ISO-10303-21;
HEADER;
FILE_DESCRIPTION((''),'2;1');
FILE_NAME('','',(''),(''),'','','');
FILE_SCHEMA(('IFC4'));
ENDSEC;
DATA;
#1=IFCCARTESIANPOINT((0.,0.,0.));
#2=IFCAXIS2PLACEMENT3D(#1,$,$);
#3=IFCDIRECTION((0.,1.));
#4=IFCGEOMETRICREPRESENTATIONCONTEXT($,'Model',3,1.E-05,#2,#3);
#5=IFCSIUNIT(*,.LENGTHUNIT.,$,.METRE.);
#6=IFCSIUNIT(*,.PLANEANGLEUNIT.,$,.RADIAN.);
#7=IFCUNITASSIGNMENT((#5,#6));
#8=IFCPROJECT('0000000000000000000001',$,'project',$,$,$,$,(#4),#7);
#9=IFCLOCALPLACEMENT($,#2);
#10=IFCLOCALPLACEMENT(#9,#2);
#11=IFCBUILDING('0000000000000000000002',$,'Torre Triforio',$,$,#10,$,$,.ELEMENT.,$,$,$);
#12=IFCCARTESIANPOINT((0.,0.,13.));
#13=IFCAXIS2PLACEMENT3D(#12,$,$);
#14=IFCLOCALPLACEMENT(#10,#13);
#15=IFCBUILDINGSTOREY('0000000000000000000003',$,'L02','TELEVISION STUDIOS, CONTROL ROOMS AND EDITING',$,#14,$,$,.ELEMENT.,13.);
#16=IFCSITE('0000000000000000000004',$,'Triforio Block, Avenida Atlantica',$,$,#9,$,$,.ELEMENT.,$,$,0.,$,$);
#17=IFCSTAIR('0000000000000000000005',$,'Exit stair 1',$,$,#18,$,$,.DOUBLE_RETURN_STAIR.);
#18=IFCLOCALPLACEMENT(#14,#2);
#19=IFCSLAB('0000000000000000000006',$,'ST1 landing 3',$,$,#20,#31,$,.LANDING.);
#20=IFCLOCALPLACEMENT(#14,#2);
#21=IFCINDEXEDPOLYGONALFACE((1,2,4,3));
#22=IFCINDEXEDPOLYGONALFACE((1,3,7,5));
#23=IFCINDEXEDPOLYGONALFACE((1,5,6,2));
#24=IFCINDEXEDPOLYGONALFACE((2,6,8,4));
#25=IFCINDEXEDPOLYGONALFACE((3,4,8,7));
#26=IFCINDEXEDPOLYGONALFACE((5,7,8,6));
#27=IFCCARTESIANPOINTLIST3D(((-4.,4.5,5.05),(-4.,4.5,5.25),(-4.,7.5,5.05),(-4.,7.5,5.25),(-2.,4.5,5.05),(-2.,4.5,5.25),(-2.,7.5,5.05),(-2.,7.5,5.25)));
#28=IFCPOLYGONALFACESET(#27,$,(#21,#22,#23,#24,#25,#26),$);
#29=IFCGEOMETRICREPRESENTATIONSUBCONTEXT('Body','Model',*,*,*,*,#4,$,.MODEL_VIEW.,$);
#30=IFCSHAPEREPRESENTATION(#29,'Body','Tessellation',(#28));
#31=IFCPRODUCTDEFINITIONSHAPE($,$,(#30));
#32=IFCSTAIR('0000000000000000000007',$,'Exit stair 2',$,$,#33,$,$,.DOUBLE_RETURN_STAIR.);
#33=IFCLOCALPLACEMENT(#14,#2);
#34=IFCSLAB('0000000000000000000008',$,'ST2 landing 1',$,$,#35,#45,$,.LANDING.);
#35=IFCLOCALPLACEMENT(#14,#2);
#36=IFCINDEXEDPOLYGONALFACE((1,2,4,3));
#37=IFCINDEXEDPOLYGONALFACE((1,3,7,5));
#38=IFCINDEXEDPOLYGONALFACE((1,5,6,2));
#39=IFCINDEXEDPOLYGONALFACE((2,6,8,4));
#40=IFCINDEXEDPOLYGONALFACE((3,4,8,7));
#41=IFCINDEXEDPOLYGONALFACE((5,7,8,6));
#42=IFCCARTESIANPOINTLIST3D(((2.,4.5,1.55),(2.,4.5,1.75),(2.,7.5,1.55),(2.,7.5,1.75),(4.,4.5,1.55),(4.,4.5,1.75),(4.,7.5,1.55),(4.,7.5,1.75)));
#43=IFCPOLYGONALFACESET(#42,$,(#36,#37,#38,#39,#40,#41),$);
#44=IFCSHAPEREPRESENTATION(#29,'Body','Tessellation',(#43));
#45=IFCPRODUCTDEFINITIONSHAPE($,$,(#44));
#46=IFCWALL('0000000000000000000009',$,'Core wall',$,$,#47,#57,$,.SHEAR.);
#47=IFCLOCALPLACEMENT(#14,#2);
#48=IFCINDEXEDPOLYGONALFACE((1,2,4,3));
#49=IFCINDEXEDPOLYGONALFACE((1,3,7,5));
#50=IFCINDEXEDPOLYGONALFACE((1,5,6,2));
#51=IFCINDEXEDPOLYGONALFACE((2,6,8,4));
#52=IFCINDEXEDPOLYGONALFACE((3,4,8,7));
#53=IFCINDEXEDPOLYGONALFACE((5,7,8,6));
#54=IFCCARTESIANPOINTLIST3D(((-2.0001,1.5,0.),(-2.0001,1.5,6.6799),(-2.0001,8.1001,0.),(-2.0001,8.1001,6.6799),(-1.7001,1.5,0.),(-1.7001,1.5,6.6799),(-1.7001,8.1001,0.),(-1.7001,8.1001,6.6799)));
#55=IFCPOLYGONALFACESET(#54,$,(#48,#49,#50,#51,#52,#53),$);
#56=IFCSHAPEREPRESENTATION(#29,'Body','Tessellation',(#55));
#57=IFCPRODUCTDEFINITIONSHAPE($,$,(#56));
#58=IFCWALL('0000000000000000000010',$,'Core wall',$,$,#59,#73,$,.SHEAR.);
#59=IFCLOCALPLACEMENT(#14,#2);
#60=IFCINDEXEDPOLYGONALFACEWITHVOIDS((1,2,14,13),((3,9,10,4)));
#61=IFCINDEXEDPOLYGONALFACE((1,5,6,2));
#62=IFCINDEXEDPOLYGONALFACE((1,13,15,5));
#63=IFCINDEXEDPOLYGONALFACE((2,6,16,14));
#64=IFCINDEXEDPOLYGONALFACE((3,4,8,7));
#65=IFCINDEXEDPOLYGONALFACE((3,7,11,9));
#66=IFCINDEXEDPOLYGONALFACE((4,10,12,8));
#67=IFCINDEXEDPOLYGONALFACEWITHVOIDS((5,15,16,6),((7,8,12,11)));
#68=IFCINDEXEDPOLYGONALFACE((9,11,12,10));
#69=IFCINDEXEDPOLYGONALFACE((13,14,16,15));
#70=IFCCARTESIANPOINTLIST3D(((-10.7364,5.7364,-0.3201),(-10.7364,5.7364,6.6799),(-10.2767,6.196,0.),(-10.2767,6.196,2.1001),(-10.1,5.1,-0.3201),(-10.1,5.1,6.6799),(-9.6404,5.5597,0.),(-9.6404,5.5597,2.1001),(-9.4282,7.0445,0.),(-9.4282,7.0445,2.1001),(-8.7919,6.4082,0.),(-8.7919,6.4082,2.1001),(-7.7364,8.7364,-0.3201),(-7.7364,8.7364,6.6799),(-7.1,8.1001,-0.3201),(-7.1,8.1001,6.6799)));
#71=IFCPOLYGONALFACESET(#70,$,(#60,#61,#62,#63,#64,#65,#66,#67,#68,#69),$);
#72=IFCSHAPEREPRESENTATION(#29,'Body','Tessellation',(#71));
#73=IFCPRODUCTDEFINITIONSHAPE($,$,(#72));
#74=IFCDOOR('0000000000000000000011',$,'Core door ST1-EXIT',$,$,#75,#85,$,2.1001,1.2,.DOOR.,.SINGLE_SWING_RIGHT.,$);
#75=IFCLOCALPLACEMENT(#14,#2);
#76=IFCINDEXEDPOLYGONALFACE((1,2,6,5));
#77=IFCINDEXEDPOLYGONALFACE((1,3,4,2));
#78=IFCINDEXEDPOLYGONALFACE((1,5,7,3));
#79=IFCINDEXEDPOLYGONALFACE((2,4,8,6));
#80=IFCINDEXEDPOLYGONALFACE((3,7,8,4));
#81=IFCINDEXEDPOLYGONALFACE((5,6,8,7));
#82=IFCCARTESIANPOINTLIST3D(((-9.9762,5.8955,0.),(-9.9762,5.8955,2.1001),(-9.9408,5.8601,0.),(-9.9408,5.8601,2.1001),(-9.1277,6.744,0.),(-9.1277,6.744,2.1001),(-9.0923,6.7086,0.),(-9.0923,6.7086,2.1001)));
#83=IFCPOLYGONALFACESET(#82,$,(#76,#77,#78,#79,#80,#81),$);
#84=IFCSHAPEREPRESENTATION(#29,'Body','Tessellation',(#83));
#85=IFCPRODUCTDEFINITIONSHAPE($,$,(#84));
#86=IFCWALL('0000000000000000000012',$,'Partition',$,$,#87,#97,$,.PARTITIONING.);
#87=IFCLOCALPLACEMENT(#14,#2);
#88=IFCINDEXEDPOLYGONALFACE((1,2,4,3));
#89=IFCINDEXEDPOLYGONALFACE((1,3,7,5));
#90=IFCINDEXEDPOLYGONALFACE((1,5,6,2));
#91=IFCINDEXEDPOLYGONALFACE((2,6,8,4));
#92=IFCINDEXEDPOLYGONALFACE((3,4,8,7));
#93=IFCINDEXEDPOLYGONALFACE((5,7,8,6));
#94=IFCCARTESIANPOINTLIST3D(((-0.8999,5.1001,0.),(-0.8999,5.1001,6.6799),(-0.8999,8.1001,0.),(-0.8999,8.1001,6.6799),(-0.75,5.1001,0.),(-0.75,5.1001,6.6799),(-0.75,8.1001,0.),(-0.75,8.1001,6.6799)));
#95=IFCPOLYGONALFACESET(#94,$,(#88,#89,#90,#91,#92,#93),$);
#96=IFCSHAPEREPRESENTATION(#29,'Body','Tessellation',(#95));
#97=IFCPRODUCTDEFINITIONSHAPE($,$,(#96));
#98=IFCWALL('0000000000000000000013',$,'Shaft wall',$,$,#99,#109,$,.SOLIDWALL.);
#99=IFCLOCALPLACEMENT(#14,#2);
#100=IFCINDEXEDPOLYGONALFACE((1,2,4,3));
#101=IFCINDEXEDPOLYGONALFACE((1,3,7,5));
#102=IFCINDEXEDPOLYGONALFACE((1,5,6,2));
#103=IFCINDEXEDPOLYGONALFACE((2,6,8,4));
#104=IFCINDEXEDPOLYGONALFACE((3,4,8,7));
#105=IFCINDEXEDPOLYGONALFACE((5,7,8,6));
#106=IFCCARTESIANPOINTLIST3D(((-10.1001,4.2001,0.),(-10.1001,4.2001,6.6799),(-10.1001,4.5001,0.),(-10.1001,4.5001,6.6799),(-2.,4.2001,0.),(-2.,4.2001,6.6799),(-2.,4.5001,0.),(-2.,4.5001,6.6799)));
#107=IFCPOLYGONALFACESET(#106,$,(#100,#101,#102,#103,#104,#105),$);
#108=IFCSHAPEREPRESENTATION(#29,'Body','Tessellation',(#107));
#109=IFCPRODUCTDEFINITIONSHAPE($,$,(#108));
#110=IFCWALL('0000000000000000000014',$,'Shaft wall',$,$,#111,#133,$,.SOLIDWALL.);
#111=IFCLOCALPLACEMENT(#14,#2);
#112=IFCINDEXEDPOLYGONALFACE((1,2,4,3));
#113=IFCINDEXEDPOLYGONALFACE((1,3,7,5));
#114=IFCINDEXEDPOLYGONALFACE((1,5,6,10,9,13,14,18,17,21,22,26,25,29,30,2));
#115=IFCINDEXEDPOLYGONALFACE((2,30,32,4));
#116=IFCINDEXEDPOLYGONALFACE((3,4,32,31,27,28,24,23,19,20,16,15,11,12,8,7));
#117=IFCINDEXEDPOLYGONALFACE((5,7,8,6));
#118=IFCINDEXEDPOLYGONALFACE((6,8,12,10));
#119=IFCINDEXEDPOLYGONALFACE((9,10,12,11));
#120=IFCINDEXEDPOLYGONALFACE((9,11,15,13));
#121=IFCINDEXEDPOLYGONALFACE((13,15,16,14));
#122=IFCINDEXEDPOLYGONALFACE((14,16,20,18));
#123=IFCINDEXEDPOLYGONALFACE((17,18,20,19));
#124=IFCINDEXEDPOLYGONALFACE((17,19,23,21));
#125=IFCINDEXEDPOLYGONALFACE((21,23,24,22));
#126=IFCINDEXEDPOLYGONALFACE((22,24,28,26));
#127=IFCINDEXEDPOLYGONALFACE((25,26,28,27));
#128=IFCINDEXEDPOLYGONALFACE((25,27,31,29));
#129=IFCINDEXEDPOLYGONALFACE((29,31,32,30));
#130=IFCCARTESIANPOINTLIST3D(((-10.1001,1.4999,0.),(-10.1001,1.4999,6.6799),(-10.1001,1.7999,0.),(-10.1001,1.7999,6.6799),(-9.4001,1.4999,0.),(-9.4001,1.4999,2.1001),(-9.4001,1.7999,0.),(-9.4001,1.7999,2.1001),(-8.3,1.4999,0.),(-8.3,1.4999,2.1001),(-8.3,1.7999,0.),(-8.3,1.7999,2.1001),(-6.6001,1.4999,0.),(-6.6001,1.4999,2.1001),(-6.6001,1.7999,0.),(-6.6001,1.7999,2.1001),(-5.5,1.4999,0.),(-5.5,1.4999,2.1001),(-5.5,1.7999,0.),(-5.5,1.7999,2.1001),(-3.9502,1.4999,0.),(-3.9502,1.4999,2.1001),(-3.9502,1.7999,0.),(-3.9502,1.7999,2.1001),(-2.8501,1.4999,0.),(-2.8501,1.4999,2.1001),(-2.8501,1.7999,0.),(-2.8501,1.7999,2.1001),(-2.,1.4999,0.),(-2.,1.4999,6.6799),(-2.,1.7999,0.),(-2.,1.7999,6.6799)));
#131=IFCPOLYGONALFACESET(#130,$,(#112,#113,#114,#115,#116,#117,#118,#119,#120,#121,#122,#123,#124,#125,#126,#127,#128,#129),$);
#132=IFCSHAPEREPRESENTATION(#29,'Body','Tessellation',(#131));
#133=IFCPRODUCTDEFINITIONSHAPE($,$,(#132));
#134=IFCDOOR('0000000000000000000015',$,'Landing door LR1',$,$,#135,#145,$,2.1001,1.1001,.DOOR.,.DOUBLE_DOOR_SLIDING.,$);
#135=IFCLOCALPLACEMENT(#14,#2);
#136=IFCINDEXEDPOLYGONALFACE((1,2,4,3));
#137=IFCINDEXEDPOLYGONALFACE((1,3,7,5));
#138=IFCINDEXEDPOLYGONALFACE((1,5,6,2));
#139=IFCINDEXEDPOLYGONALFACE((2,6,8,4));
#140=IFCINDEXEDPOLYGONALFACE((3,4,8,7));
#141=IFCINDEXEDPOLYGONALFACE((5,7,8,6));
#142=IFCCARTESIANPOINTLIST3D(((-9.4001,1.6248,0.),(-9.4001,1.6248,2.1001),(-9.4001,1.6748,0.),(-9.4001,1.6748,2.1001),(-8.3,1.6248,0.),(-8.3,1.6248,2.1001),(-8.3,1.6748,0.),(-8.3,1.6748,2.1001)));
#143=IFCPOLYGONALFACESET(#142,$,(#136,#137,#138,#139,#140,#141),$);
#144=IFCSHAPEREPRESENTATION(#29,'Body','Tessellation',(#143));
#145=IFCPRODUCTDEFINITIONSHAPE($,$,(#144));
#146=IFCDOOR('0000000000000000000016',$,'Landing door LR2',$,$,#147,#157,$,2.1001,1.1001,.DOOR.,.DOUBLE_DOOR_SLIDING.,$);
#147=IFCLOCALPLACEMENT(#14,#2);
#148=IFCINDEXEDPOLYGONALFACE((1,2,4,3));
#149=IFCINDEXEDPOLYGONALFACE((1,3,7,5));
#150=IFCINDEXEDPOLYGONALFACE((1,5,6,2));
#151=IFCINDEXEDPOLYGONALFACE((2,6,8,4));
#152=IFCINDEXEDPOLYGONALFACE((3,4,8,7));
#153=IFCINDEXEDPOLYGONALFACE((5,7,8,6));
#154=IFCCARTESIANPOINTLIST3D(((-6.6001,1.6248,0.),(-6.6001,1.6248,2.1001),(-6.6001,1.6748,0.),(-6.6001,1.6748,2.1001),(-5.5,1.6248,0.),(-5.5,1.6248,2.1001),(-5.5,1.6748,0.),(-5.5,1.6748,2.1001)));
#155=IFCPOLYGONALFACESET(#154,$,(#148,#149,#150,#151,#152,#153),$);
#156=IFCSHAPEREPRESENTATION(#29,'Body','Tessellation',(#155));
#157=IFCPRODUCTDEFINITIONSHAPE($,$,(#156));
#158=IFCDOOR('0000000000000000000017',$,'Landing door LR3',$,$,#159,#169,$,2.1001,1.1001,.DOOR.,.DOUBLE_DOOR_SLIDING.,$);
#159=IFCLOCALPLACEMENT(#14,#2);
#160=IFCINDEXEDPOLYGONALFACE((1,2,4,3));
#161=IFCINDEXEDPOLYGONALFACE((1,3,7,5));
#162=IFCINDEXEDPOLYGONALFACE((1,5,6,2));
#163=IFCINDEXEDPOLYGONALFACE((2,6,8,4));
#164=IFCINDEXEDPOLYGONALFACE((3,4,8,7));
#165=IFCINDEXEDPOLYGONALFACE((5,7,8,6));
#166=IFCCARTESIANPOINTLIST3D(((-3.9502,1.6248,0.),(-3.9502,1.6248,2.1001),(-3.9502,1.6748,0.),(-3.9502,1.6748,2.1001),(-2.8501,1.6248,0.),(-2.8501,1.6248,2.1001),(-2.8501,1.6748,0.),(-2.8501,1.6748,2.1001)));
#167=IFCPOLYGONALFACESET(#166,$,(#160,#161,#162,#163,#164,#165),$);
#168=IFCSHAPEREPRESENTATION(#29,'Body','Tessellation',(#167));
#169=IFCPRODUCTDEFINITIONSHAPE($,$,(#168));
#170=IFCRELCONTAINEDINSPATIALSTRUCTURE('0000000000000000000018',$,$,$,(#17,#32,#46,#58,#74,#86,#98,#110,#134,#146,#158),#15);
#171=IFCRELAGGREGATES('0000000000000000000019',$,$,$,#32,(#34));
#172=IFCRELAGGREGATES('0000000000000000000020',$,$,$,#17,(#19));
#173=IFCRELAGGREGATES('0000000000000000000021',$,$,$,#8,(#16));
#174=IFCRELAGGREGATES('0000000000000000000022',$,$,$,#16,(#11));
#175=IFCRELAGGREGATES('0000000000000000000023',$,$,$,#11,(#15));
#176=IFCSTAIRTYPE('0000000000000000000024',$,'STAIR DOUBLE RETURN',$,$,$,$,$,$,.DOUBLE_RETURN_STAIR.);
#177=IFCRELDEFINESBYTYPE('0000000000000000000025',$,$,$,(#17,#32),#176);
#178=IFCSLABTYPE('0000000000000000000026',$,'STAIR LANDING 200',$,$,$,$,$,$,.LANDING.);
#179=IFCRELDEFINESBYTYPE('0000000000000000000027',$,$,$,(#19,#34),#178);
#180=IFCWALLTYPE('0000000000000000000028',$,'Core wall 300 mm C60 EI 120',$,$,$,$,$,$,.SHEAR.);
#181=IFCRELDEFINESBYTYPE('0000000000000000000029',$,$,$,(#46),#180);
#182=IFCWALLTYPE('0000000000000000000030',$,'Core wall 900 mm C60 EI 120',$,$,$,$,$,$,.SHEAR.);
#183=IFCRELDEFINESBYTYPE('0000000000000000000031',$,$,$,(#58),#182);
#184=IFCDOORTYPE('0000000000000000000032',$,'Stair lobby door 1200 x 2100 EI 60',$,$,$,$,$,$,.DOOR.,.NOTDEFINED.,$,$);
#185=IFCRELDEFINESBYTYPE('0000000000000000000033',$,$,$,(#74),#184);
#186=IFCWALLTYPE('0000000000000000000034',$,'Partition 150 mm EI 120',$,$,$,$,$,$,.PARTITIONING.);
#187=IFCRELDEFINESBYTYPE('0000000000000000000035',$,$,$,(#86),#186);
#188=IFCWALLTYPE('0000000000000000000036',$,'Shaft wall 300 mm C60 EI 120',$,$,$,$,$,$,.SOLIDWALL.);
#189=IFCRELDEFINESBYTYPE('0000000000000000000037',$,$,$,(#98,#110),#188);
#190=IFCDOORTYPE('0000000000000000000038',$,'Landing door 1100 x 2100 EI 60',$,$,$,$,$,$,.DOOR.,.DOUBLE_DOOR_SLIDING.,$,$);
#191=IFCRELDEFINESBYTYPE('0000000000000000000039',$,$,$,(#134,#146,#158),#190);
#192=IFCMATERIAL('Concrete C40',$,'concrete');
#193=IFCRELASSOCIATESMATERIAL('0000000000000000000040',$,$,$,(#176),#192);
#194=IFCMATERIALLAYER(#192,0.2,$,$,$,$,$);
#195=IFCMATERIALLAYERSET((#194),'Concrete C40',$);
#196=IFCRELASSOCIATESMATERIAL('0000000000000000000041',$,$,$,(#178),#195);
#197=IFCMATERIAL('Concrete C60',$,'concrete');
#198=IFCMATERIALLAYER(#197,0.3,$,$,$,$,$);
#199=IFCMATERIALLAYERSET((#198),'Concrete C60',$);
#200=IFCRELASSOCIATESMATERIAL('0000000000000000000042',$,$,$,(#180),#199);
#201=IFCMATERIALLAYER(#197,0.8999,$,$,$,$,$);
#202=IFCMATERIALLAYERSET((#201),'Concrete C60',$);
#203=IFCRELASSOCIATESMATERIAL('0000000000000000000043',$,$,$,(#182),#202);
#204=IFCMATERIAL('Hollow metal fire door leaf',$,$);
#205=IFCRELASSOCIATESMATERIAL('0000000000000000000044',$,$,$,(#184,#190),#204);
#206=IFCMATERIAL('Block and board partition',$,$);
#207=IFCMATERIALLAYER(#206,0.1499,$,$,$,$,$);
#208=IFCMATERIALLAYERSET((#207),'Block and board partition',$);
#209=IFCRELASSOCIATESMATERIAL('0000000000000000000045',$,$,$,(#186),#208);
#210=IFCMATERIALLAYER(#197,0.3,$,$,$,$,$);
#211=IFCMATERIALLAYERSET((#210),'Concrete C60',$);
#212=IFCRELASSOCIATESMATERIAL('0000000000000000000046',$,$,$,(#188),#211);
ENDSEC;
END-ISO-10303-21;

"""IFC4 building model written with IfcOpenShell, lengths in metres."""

from ifc_helpers import new_model, si_unit, direction, frame, frame_2d, origin, place, context, subcontext, project, spatial, polyline, rectangle, outline, extrude, material, layer, layer_set, type_object, element, fill, aggregate, save


model = new_model("IFC4")

# Units and contexts
model_context = context("Model", 3, precision=1e-05, world=origin(), true_north=direction((0.0, 1.0)))
body_context = subcontext(model_context, "Body", "Model", "MODEL_VIEW")
ifc_project = project(units=[si_unit("LENGTHUNIT", "METRE"), si_unit("PLANEANGLEUNIT", "RADIAN")], contexts=[model_context])

# Site, building, storey
site_placement = place(None, origin())
site = spatial("IfcSite", under=ifc_project, at=site_placement, Name="Triforio Block, Avenida Atlantica", CompositionType="ELEMENT", RefElevation=0.0)
building_placement = place(site_placement, origin())
building = spatial("IfcBuilding", under=site, at=building_placement, Name="Torre Triforio", CompositionType="ELEMENT")
storey_placement = place(building_placement, frame((0.0, 0.0, 13.0)))
storey = spatial("IfcBuildingStorey", under=building, at=storey_placement, Name="L02", Description="TELEVISION STUDIOS, CONTROL ROOMS AND EDITING", CompositionType="ELEMENT", Elevation=13.0)

# Stairs, slabs
ifc_material_1 = material(Name="Concrete C40", Category="concrete")
stair_type = type_object("IfcStairType", Name="STAIR DOUBLE RETURN", PredefinedType="DOUBLE_RETURN_STAIR", material=ifc_material_1)
stair_1_placement = place(storey_placement, origin())
stair_1 = element("IfcStair", 1, at=stair_1_placement, inside=storey, type_object=stair_type, Name="Exit stair 1", PredefinedType="DOUBLE_RETURN_STAIR")
ifc_layer_1 = layer(ifc_material_1, 0.2)
ifc_layer_set_1 = layer_set([ifc_layer_1], Name="Concrete C40")
slab_type = type_object("IfcSlabType", Name="STAIR LANDING 200", PredefinedType="LANDING", material=ifc_layer_set_1)
slab_1_placement = place(storey_placement, frame((0.0, 0.0, 5.05)))
slab_1 = element("IfcSlab", 2, at=slab_1_placement, type_object=slab_type, Name="ST1 landing 3", PredefinedType="LANDING", context=body_context, shape_type="SweptSolid", body=[
    extrude(outline(polyline([(-2.0, 4.5), (-2.0, 7.5), (-4.0, 7.5), (-4.0, 4.5), (-2.0, 4.5)])), origin(), (0.0, 0.0, 1.0), 0.2),
])
stair_2_placement = place(storey_placement, origin())
stair_2 = element("IfcStair", 3, at=stair_2_placement, inside=storey, type_object=stair_type, Name="Exit stair 2", PredefinedType="DOUBLE_RETURN_STAIR")
slab_2_placement = place(storey_placement, frame((0.0, 0.0, 1.55)))
slab_2 = element("IfcSlab", 4, at=slab_2_placement, type_object=slab_type, Name="ST2 landing 1", PredefinedType="LANDING", context=body_context, shape_type="SweptSolid", body=[
    extrude(outline(polyline([(4.0, 4.5), (4.0, 7.5), (2.0, 7.5), (2.0, 4.5), (4.0, 4.5)])), origin(), (0.0, 0.0, 1.0), 0.2),
])
aggregate(stair_2, [slab_2])

# Wall
ifc_material_2 = material(Name="Concrete C60", Category="concrete")
ifc_layer_2 = layer(ifc_material_2, 0.3)
ifc_layer_set_2 = layer_set([ifc_layer_2], Name="Concrete C60")
wall_type_1 = type_object("IfcWallType", Name="Core wall 300 mm C60 EI 120", PredefinedType="SHEAR", material=ifc_layer_set_2)
wall_1_placement = place(storey_placement, frame((-1.8501, 1.5, 0.0), z_axis=(0.0, 0.0, 1.0), x_axis=(0.0, 1.0, 0.0)))
element("IfcWall", 5, at=wall_1_placement, inside=storey, type_object=wall_type_1, Name="Core wall", PredefinedType="SHEAR", context=body_context, shape_type="SweptSolid", body=[
    extrude(rectangle(XDim=6.6001, YDim=0.3, at=frame_2d((3.3, 0.0))), origin(), (0.0, 0.0, 1.0), 6.6799),
])

# Wall, opening, door
ifc_layer_3 = layer(ifc_material_2, 0.8999)
ifc_layer_set_3 = layer_set([ifc_layer_3], Name="Concrete C60")
wall_type_2 = type_object("IfcWallType", Name="Core wall 900 mm C60 EI 120", PredefinedType="SHEAR", material=ifc_layer_set_3)
wall_2_placement = place(storey_placement, frame((-10.4182, 5.4182, -0.3201), z_axis=(0.0, 0.0, 1.0), x_axis=(0.707107, 0.707107, 0.0)))
wall_2 = element("IfcWall", 6, at=wall_2_placement, inside=storey, type_object=wall_type_2, Name="Core wall", PredefinedType="SHEAR", context=body_context, shape_type="SweptSolid", body=[
    extrude(rectangle(XDim=4.2427, YDim=0.8999, at=frame_2d((2.1213, 0.0))), origin(), (0.0, 0.0, 1.0), 7.0),
])
opening_1_placement = place(wall_2_placement, frame((0.6499, 0.0, 0.3201)))
opening_1 = element("IfcOpeningElement", 7, at=opening_1_placement, cuts=wall_2, PredefinedType="OPENING", context=body_context, shape_type="SweptSolid", body=[
    extrude(rectangle(XDim=1.2, YDim=2.1001, at=frame_2d((0.6001, 1.05))), frame((0.0, 0.46, 0.0), z_axis=(0.0, -1.0, 0.0), x_axis=(1.0, 0.0, 0.0)), (0.0, 0.0, 1.0), 0.9199),
])
ifc_material_3 = material(Name="Hollow metal fire door leaf")
door_type_1 = type_object("IfcDoorType", Name="Stair lobby door 1200 x 2100 EI 60", OperationType="NOTDEFINED", PredefinedType="DOOR", material=ifc_material_3)
door_1_placement = place(opening_1_placement, origin())
door_1 = element("IfcDoor", 8, at=door_1_placement, inside=storey, type_object=door_type_1, Name="Core door ST1-EXIT", OperationType="SINGLE_SWING_RIGHT", OverallHeight=2.1001, OverallWidth=1.2, PredefinedType="DOOR", context=body_context, shape_type="SweptSolid", body=[
    extrude(rectangle(XDim=1.2, YDim=2.1001, at=frame_2d((0.6001, 1.05))), frame((0.0, 0.0249, 0.0), z_axis=(0.0, -1.0, 0.0), x_axis=(1.0, 0.0, 0.0)), (0.0, 0.0, 1.0), 0.05),
])
fill(opening_1, door_1)

# Walls
ifc_material_4 = material(Name="Block and board partition")
ifc_layer_4 = layer(ifc_material_4, 0.1499)
ifc_layer_set_4 = layer_set([ifc_layer_4], Name="Block and board partition")
wall_type_3 = type_object("IfcWallType", Name="Partition 150 mm EI 120", PredefinedType="PARTITIONING", material=ifc_layer_set_4)
wall_3_placement = place(storey_placement, frame((-0.825, 5.1001, 0.0), z_axis=(0.0, 0.0, 1.0), x_axis=(0.0, 1.0, 0.0)))
element("IfcWall", 9, at=wall_3_placement, inside=storey, type_object=wall_type_3, Name="Partition", PredefinedType="PARTITIONING", context=body_context, shape_type="SweptSolid", body=[
    extrude(rectangle(XDim=3.0, YDim=0.1499, at=frame_2d((1.5, 0.0))), origin(), (0.0, 0.0, 1.0), 6.6799),
])
ifc_layer_5 = layer(ifc_material_2, 0.3)
ifc_layer_set_5 = layer_set([ifc_layer_5], Name="Concrete C60")
wall_type_4 = type_object("IfcWallType", Name="Shaft wall 300 mm C60 EI 120", PredefinedType="SOLIDWALL", material=ifc_layer_set_5)
wall_4_placement = place(storey_placement, frame((-10.1001, 4.3501, 0.0), z_axis=(0.0, 0.0, 1.0), x_axis=(1.0, 0.0, 0.0)))
element("IfcWall", 10, at=wall_4_placement, inside=storey, type_object=wall_type_4, Name="Shaft wall", PredefinedType="SOLIDWALL", context=body_context, shape_type="SweptSolid", body=[
    extrude(rectangle(XDim=8.1001, YDim=0.3, at=frame_2d((4.05, 0.0))), origin(), (0.0, 0.0, 1.0), 6.6799),
])

# Wall, openings, doors
wall_5_placement = place(storey_placement, frame((-10.1001, 1.6499, 0.0), z_axis=(0.0, 0.0, 1.0), x_axis=(1.0, 0.0, 0.0)))
wall_5 = element("IfcWall", 11, at=wall_5_placement, inside=storey, type_object=wall_type_4, Name="Shaft wall", PredefinedType="SOLIDWALL", context=body_context, shape_type="SweptSolid", body=[
    extrude(rectangle(XDim=8.1001, YDim=0.3, at=frame_2d((4.05, 0.0))), origin(), (0.0, 0.0, 1.0), 6.6799),
])
opening_2_placement = place(wall_5_placement, frame((0.7, 0.0, 0.0)))
opening_2 = element("IfcOpeningElement", 12, at=opening_2_placement, cuts=wall_5, PredefinedType="OPENING", context=body_context, shape_type="SweptSolid", body=[
    extrude(rectangle(XDim=1.1001, YDim=2.1001, at=frame_2d((0.55, 1.05))), frame((0.0, 0.1599, 0.0), z_axis=(0.0, -1.0, 0.0), x_axis=(1.0, 0.0, 0.0)), (0.0, 0.0, 1.0), 0.3201),
])
opening_3_placement = place(wall_5_placement, frame((3.5, 0.0, 0.0)))
opening_3 = element("IfcOpeningElement", 13, at=opening_3_placement, cuts=wall_5, PredefinedType="OPENING", context=body_context, shape_type="SweptSolid", body=[
    extrude(rectangle(XDim=1.1001, YDim=2.1001, at=frame_2d((0.55, 1.05))), frame((0.0, 0.1599, 0.0), z_axis=(0.0, -1.0, 0.0), x_axis=(1.0, 0.0, 0.0)), (0.0, 0.0, 1.0), 0.3201),
])
opening_4_placement = place(wall_5_placement, frame((6.1499, 0.0, 0.0)))
opening_4 = element("IfcOpeningElement", 14, at=opening_4_placement, cuts=wall_5, PredefinedType="OPENING", context=body_context, shape_type="SweptSolid", body=[
    extrude(rectangle(XDim=1.1001, YDim=2.1001, at=frame_2d((0.55, 1.05))), frame((0.0, 0.1599, 0.0), z_axis=(0.0, -1.0, 0.0), x_axis=(1.0, 0.0, 0.0)), (0.0, 0.0, 1.0), 0.3201),
])
door_type_2 = type_object("IfcDoorType", Name="Landing door 1100 x 2100 EI 60", OperationType="DOUBLE_DOOR_SLIDING", PredefinedType="DOOR", material=ifc_material_3)
door_2_placement = place(opening_2_placement, origin())
door_2 = element("IfcDoor", 15, at=door_2_placement, inside=storey, type_object=door_type_2, Name="Landing door LR1", OperationType="DOUBLE_DOOR_SLIDING", OverallHeight=2.1001, OverallWidth=1.1001, PredefinedType="DOOR", context=body_context, shape_type="SweptSolid", body=[
    extrude(rectangle(XDim=1.1001, YDim=2.1001, at=frame_2d((0.55, 1.05))), frame((0.0, 0.0249, 0.0), z_axis=(0.0, -1.0, 0.0), x_axis=(1.0, 0.0, 0.0)), (0.0, 0.0, 1.0), 0.05),
])
fill(opening_2, door_2)
door_3_placement = place(opening_3_placement, origin())
door_3 = element("IfcDoor", 16, at=door_3_placement, inside=storey, type_object=door_type_2, Name="Landing door LR2", OperationType="DOUBLE_DOOR_SLIDING", OverallHeight=2.1001, OverallWidth=1.1001, PredefinedType="DOOR", context=body_context, shape_type="SweptSolid", body=[
    extrude(rectangle(XDim=1.1001, YDim=2.1001, at=frame_2d((0.55, 1.05))), frame((0.0, 0.0249, 0.0), z_axis=(0.0, -1.0, 0.0), x_axis=(1.0, 0.0, 0.0)), (0.0, 0.0, 1.0), 0.05),
])
fill(opening_3, door_3)
door_4_placement = place(opening_4_placement, origin())
door_4 = element("IfcDoor", 17, at=door_4_placement, inside=storey, type_object=door_type_2, Name="Landing door LR3", OperationType="DOUBLE_DOOR_SLIDING", OverallHeight=2.1001, OverallWidth=1.1001, PredefinedType="DOOR", context=body_context, shape_type="SweptSolid", body=[
    extrude(rectangle(XDim=1.1001, YDim=2.1001, at=frame_2d((0.55, 1.05))), frame((0.0, 0.0249, 0.0), z_axis=(0.0, -1.0, 0.0), x_axis=(1.0, 0.0, 0.0)), (0.0, 0.0, 1.0), 0.05),
])
fill(opening_4, door_4)

aggregate(stair_1, [slab_1])

save(model, "model.ifc")
